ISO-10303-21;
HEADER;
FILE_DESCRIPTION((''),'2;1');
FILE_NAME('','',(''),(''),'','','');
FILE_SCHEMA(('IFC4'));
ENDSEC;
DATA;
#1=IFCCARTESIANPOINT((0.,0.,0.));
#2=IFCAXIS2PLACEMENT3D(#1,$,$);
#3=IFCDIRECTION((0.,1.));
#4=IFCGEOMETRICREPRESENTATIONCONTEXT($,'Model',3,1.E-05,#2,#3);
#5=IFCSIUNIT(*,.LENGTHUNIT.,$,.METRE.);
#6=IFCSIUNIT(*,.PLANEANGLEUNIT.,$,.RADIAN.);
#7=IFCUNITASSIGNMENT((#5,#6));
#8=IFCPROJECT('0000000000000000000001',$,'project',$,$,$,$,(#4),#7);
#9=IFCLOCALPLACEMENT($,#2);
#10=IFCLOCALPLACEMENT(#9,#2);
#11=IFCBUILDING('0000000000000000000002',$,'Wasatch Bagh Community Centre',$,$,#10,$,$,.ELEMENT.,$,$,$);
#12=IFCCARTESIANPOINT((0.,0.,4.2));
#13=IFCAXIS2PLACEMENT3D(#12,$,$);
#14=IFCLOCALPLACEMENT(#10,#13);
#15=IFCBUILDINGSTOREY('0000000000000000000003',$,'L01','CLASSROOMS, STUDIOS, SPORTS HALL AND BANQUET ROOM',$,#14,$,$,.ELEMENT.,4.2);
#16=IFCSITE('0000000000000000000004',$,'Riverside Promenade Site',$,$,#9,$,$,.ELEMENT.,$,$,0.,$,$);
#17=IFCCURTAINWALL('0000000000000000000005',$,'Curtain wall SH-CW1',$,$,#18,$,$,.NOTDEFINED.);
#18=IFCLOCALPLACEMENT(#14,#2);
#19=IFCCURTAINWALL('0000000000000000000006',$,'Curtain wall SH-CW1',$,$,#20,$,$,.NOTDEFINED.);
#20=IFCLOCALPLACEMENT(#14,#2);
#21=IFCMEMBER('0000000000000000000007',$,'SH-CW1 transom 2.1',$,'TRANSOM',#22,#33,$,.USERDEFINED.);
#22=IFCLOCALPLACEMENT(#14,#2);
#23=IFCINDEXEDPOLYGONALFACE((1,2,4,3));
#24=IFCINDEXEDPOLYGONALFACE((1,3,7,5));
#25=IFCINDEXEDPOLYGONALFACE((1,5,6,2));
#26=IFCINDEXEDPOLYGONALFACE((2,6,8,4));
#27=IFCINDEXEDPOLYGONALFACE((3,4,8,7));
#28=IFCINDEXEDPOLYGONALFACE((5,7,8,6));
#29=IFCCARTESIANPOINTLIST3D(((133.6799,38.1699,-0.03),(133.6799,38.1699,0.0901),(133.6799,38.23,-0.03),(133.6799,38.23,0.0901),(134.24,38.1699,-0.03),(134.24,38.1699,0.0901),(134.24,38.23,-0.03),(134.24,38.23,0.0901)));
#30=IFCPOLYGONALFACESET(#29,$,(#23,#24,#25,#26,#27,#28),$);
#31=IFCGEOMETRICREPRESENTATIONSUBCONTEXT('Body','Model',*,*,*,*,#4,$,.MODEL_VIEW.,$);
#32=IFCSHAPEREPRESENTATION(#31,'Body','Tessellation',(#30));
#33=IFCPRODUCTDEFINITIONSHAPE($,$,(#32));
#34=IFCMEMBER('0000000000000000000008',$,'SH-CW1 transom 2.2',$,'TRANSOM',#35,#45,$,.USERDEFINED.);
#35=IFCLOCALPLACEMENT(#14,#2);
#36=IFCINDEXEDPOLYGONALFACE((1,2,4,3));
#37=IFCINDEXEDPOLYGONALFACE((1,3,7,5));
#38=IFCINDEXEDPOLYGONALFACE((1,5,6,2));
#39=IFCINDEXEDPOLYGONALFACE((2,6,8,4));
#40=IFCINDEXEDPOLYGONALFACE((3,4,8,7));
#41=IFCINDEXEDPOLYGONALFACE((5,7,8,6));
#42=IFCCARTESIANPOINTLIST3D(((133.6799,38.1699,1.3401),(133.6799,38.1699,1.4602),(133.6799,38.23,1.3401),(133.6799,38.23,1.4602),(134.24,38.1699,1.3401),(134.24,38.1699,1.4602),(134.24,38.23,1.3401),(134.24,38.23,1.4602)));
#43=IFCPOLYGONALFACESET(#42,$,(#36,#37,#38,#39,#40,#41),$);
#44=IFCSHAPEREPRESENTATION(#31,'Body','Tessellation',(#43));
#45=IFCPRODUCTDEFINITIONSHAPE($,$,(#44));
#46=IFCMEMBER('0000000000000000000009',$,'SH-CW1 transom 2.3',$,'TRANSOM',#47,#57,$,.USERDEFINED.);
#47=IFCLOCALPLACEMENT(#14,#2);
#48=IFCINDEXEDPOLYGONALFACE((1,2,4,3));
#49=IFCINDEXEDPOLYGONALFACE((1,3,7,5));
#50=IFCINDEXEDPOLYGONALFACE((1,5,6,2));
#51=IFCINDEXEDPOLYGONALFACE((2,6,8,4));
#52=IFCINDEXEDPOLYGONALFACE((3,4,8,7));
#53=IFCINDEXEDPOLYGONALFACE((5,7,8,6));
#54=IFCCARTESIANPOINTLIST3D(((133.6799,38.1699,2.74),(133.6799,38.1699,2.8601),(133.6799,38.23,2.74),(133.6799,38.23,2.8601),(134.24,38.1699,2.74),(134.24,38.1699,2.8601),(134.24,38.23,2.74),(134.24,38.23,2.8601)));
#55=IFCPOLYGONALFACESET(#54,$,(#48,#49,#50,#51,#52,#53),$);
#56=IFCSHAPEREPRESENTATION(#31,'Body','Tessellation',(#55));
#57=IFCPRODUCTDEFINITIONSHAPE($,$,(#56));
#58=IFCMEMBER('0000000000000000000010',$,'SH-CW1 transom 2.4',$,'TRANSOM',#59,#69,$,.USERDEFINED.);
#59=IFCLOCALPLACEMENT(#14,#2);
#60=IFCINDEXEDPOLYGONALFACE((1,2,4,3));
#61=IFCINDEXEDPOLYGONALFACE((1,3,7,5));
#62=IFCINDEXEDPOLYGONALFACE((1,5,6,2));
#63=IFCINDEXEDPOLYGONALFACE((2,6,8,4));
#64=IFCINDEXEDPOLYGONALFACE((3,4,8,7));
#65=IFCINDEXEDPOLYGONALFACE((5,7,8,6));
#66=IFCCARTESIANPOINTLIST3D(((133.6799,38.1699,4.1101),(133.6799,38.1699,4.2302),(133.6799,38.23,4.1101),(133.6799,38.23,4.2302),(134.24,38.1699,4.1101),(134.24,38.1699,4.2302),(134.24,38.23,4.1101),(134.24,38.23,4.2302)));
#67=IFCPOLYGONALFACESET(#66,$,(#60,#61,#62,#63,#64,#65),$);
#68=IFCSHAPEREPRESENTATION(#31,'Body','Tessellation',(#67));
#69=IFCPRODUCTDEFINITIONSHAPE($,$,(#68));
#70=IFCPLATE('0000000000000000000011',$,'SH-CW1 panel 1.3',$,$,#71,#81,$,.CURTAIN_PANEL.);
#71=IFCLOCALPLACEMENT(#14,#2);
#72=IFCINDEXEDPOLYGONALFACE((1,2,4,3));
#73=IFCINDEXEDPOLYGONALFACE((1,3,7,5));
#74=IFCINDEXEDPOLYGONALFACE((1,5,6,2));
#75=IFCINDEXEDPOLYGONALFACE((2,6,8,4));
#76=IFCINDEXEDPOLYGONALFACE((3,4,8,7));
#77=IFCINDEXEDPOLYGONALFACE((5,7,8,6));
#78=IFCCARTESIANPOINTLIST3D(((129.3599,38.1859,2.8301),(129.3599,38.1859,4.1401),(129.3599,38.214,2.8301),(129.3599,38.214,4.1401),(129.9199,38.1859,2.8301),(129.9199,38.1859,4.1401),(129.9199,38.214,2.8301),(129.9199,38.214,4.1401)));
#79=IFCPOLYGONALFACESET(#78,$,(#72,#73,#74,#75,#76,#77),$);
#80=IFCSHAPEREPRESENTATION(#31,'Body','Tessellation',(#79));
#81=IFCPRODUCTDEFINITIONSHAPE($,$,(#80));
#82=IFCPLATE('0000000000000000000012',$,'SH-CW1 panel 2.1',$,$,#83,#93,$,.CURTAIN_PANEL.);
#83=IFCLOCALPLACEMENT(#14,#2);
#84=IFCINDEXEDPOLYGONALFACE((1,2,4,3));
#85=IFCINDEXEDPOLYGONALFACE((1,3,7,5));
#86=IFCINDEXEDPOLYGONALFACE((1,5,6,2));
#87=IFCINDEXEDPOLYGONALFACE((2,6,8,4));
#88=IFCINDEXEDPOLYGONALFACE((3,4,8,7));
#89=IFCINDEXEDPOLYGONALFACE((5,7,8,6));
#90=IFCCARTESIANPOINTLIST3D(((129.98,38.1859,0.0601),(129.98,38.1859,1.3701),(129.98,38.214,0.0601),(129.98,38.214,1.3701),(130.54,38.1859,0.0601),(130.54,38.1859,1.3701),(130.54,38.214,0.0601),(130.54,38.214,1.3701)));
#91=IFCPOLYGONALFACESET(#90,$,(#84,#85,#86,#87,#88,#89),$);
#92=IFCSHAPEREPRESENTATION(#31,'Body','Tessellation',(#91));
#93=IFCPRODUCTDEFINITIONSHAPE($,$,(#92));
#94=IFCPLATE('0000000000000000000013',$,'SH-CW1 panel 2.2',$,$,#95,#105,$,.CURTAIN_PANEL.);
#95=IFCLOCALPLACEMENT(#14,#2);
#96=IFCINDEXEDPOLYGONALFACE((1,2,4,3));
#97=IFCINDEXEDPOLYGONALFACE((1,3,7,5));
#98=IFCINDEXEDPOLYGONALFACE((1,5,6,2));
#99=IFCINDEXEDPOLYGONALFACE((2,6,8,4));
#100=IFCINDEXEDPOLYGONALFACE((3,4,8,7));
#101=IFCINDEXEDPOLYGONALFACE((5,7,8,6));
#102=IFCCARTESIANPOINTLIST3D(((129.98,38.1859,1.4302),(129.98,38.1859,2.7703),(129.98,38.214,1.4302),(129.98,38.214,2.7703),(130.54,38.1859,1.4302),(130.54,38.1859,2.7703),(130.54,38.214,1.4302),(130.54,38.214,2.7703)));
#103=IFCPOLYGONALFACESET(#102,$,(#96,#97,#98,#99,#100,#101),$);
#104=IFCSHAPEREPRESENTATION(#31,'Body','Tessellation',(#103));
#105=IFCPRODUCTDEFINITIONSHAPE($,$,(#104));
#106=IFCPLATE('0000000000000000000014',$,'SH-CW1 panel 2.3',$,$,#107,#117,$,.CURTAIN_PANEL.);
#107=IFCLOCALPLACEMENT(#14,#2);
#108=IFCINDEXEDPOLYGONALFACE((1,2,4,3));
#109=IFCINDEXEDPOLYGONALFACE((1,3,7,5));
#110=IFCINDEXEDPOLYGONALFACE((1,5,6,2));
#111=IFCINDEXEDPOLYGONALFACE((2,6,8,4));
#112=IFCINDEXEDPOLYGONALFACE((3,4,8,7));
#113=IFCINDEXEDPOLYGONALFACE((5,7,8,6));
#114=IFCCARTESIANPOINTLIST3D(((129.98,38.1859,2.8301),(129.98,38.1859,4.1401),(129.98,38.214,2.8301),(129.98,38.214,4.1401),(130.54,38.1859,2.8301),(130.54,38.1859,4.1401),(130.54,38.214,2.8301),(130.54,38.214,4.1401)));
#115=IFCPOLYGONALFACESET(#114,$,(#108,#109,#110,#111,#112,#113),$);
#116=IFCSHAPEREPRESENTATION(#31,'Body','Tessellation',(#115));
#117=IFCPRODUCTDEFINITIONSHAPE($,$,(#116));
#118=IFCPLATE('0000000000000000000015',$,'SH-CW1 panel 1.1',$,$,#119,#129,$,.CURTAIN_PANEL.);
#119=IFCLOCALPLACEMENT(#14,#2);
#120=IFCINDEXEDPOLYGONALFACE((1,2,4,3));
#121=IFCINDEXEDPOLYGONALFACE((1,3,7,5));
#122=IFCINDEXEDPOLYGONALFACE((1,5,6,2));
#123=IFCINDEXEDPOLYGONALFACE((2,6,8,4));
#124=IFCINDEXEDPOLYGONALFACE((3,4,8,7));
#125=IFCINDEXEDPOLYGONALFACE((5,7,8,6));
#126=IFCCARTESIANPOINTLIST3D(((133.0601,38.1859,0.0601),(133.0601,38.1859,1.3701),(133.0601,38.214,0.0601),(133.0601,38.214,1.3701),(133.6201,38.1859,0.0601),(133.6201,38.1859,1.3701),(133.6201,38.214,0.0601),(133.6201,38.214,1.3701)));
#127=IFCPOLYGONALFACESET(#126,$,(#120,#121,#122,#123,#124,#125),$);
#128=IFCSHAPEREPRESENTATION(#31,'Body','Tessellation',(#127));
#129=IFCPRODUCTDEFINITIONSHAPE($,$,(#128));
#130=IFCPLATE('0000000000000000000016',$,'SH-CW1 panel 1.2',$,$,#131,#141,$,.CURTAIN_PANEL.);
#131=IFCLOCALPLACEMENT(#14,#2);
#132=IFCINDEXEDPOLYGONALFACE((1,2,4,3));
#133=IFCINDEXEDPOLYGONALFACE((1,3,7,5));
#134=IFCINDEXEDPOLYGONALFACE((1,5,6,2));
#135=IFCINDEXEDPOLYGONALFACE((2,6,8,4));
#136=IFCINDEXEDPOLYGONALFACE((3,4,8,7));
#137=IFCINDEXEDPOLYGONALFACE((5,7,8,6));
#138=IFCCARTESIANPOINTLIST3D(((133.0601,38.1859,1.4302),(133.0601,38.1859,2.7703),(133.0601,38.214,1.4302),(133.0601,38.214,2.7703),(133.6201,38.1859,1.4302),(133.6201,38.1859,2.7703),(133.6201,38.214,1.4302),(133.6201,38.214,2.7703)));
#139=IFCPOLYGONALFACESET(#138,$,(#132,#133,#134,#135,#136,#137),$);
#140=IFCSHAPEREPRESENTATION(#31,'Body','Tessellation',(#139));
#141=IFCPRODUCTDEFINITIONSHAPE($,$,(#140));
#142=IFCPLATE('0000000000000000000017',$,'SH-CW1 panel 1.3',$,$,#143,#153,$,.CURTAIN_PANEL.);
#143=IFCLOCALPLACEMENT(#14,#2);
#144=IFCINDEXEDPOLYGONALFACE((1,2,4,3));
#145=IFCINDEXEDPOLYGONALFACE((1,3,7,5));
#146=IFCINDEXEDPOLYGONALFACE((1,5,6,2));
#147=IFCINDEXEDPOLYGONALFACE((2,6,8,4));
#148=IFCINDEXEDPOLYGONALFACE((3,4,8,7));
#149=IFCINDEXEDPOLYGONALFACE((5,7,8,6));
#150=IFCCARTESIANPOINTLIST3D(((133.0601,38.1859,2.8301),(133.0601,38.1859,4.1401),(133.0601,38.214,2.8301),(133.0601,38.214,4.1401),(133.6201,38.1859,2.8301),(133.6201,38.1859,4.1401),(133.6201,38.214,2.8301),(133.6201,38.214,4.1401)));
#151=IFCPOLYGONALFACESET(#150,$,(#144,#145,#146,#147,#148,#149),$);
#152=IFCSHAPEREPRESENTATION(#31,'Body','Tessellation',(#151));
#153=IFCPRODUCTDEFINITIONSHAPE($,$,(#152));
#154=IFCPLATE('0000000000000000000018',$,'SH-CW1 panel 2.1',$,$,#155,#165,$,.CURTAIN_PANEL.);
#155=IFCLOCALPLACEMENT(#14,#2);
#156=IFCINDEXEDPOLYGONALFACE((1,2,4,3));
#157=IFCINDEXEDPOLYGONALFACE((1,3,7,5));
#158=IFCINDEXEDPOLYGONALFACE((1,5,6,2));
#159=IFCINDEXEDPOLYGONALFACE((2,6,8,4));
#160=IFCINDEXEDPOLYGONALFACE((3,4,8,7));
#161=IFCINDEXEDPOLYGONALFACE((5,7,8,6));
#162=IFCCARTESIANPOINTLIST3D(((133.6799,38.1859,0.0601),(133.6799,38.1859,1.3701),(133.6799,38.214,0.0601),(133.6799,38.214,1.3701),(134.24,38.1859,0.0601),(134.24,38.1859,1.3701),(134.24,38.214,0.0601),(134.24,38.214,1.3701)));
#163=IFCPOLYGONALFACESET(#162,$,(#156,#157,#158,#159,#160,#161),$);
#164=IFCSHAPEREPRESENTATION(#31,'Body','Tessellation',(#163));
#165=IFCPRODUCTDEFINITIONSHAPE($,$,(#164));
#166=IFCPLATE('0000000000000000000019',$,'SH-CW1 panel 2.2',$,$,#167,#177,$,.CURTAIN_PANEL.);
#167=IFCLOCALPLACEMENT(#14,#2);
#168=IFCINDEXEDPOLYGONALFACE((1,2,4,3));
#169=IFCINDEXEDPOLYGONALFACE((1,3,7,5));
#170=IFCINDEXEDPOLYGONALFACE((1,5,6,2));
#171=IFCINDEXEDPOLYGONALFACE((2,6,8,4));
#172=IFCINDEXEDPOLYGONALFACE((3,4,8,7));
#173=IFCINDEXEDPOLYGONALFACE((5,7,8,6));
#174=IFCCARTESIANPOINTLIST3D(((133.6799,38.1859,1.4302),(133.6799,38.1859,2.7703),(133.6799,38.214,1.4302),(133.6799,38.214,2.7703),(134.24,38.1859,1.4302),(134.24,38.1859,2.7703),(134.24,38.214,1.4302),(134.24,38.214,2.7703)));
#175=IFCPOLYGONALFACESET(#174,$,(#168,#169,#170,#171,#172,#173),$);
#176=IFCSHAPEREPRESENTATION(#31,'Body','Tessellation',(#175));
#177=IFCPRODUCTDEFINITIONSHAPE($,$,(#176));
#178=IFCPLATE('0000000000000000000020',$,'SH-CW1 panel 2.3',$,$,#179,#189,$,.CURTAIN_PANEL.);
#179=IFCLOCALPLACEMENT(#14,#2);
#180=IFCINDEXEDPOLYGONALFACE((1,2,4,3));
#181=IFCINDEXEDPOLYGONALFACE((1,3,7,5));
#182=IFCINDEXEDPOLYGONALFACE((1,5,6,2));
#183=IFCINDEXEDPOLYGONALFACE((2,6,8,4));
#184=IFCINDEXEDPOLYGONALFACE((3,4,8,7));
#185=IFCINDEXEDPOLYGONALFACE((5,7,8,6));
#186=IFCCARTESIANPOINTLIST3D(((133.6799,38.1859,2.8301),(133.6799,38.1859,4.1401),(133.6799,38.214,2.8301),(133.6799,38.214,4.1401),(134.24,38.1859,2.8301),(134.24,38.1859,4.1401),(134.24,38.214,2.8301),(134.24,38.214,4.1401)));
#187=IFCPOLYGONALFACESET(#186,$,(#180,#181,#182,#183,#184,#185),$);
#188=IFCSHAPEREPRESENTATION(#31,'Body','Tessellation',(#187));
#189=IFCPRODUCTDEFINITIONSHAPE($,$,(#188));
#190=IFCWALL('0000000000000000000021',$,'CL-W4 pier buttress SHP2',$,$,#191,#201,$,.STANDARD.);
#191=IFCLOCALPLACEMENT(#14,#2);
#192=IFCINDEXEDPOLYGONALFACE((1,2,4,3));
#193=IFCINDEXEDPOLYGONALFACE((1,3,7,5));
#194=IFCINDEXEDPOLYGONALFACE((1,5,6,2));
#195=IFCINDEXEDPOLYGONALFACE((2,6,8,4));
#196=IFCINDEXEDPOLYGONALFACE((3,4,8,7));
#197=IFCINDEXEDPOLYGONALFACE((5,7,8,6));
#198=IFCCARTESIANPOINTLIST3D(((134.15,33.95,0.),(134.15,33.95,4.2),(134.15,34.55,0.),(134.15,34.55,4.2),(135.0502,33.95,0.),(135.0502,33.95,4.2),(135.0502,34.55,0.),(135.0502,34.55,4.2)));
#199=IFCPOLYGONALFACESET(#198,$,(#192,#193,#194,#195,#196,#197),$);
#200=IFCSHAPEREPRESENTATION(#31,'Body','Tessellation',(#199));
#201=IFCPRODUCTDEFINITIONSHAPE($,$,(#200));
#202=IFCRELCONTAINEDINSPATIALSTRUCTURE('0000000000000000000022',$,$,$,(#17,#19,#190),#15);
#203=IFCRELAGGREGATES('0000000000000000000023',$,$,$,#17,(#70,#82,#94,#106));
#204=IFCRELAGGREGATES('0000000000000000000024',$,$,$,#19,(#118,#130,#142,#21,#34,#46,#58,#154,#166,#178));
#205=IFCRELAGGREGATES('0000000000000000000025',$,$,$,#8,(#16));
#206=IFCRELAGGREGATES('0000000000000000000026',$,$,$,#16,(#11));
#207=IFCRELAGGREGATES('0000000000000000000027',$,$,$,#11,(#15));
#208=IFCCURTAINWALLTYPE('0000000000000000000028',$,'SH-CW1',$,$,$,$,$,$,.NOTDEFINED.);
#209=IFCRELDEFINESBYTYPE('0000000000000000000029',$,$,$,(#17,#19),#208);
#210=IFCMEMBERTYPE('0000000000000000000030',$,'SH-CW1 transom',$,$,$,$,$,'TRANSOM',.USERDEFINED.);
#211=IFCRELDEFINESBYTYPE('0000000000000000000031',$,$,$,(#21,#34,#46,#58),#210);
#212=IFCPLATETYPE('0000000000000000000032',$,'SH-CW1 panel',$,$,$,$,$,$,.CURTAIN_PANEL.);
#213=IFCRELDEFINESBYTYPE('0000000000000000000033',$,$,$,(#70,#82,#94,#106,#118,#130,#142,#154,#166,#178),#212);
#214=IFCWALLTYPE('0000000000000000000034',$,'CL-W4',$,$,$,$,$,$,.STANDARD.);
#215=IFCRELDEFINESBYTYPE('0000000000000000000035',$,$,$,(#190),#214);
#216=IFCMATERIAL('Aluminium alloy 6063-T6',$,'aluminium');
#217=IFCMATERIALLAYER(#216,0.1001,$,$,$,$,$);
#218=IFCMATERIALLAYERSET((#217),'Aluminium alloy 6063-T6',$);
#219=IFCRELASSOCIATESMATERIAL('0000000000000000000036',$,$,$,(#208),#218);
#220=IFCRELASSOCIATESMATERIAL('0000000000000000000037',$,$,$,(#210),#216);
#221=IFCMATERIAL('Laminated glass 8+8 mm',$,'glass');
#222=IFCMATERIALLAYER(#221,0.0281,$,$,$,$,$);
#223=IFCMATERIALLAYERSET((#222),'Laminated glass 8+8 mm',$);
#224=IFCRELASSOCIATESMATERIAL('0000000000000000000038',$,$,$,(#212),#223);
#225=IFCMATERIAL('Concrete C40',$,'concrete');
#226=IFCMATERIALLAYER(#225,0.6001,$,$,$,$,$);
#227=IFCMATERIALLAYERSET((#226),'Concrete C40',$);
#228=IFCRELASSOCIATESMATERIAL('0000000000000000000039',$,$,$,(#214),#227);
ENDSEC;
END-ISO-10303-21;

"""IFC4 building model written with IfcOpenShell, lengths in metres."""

from ifc_helpers import new_model, si_unit, direction, frame, frame_2d, origin, origin_2d, place, context, subcontext, project, spatial, rectangle, extrude, material, layer, layer_set, material_profile, profile_set, type_object, element, aggregate, save


model = new_model("IFC4")

# Units and contexts
model_context = context("Model", 3, precision=1e-05, world=origin(), true_north=direction((0.0, 1.0)))
body_context = subcontext(model_context, "Body", "Model", "MODEL_VIEW")
ifc_project = project(units=[si_unit("LENGTHUNIT", "METRE"), si_unit("PLANEANGLEUNIT", "RADIAN")], contexts=[model_context])

# Site, building, storey
site_placement = place(None, origin())
site = spatial("IfcSite", under=ifc_project, at=site_placement, Name="Riverside Promenade Site", CompositionType="ELEMENT", RefElevation=0.0)
building_placement = place(site_placement, origin())
building = spatial("IfcBuilding", under=site, at=building_placement, Name="Wasatch Bagh Community Centre", CompositionType="ELEMENT")
storey_placement = place(building_placement, frame((0.0, 0.0, 4.2)))
storey = spatial("IfcBuildingStorey", under=building, at=storey_placement, Name="L01", Description="CLASSROOMS, STUDIOS, SPORTS HALL AND BANQUET ROOM", CompositionType="ELEMENT", Elevation=4.2)

# Shared definitions
ifc_material_1 = material(Name="Concrete C40", Category="concrete")

# Curtain walls
ifc_material_2 = material(Name="Aluminium alloy 6063-T6", Category="aluminium")
ifc_layer_1 = layer(ifc_material_2, 0.1001)
ifc_layer_set_1 = layer_set([ifc_layer_1], Name="Aluminium alloy 6063-T6")
curtain_wall_type = type_object("IfcCurtainWallType", Name="SH-CW1", PredefinedType="NOTDEFINED", material=ifc_layer_set_1)
curtain_wall_1_placement = place(storey_placement, origin())
curtain_wall_1 = element("IfcCurtainWall", 1, at=curtain_wall_1_placement, inside=storey, type_object=curtain_wall_type, Name="Curtain wall SH-CW1", PredefinedType="NOTDEFINED")
curtain_wall_2_placement = place(storey_placement, origin())
curtain_wall_2 = element("IfcCurtainWall", 2, at=curtain_wall_2_placement, inside=storey, type_object=curtain_wall_type, Name="Curtain wall SH-CW1", PredefinedType="NOTDEFINED")

# Members
ifc_material_profile_1 = material_profile(ifc_material_2, rectangle(XDim=0.0601, YDim=0.1201, at=origin_2d()), Name="AL 60x120")
ifc_profile_set_1 = profile_set([ifc_material_profile_1], Name="Aluminium alloy 6063-T6")
member_type_1 = type_object("IfcMemberType", Name="SH-CW1 transom", ElementType="TRANSOM", PredefinedType="USERDEFINED", material=ifc_profile_set_1)
member_1_placement = place(storey_placement, frame((133.6799, 38.2, 0.03), z_axis=(1.0, 0.0, 0.0), x_axis=(0.0, 1.0, 0.0)))
member_1 = element("IfcMember", 3, at=member_1_placement, type_object=member_type_1, Name="SH-CW1 transom 2.1", ObjectType="TRANSOM", PredefinedType="USERDEFINED", context=body_context, shape_type="SweptSolid", body=[
    extrude(rectangle(XDim=0.0601, YDim=0.1201, at=origin_2d()), origin(), (0.0, 0.0, 1.0), 0.5601),
])
member_2_placement = place(storey_placement, frame((133.6799, 38.2, 1.4001), z_axis=(1.0, 0.0, 0.0), x_axis=(0.0, 1.0, 0.0)))
member_2 = element("IfcMember", 4, at=member_2_placement, type_object=member_type_1, Name="SH-CW1 transom 2.2", ObjectType="TRANSOM", PredefinedType="USERDEFINED", context=body_context, shape_type="SweptSolid", body=[
    extrude(rectangle(XDim=0.0601, YDim=0.1201, at=origin_2d()), origin(), (0.0, 0.0, 1.0), 0.5601),
])
member_3_placement = place(storey_placement, frame((133.6799, 38.2, 2.8), z_axis=(1.0, 0.0, 0.0), x_axis=(0.0, 1.0, 0.0)))
member_3 = element("IfcMember", 5, at=member_3_placement, type_object=member_type_1, Name="SH-CW1 transom 2.3", ObjectType="TRANSOM", PredefinedType="USERDEFINED", context=body_context, shape_type="SweptSolid", body=[
    extrude(rectangle(XDim=0.0601, YDim=0.1201, at=origin_2d()), origin(), (0.0, 0.0, 1.0), 0.5601),
])
member_4_placement = place(storey_placement, frame((133.6799, 38.2, 4.1702), z_axis=(1.0, 0.0, 0.0), x_axis=(0.0, 1.0, 0.0)))
member_4 = element("IfcMember", 6, at=member_4_placement, type_object=member_type_1, Name="SH-CW1 transom 2.4", ObjectType="TRANSOM", PredefinedType="USERDEFINED", context=body_context, shape_type="SweptSolid", body=[
    extrude(rectangle(XDim=0.0601, YDim=0.1201, at=origin_2d()), origin(), (0.0, 0.0, 1.0), 0.5601),
])

# Plates
ifc_material_3 = material(Name="Laminated glass 8+8 mm", Category="glass")
ifc_layer_2 = layer(ifc_material_3, 0.0281)
ifc_layer_set_2 = layer_set([ifc_layer_2], Name="Laminated glass 8+8 mm")
plate_type = type_object("IfcPlateType", Name="SH-CW1 panel", PredefinedType="CURTAIN_PANEL", material=ifc_layer_set_2)
plate_1_placement = place(storey_placement, frame((129.6399, 38.2, 2.8301), z_axis=(0.0, 0.0, 1.0), x_axis=(1.0, 0.0, 0.0)))
plate_1 = element("IfcPlate", 7, at=plate_1_placement, type_object=plate_type, Name="SH-CW1 panel 1.3", PredefinedType="CURTAIN_PANEL", context=body_context, shape_type="SweptSolid", body=[
    extrude(rectangle(XDim=0.5601, YDim=0.0281, at=origin_2d()), origin(), (0.0, 0.0, 1.0), 1.3101),
])
plate_2_placement = place(storey_placement, frame((130.26, 38.2, 0.0601), z_axis=(0.0, 0.0, 1.0), x_axis=(1.0, 0.0, 0.0)))
plate_2 = element("IfcPlate", 8, at=plate_2_placement, type_object=plate_type, Name="SH-CW1 panel 2.1", PredefinedType="CURTAIN_PANEL", context=body_context, shape_type="SweptSolid", body=[
    extrude(rectangle(XDim=0.5601, YDim=0.0281, at=origin_2d()), origin(), (0.0, 0.0, 1.0), 1.3101),
])
plate_3_placement = place(storey_placement, frame((130.26, 38.2, 1.4302), z_axis=(0.0, 0.0, 1.0), x_axis=(1.0, 0.0, 0.0)))
plate_3 = element("IfcPlate", 9, at=plate_3_placement, type_object=plate_type, Name="SH-CW1 panel 2.2", PredefinedType="CURTAIN_PANEL", context=body_context, shape_type="SweptSolid", body=[
    extrude(rectangle(XDim=0.5601, YDim=0.0281, at=origin_2d()), origin(), (0.0, 0.0, 1.0), 1.3401),
])
plate_4_placement = place(storey_placement, frame((130.26, 38.2, 2.8301), z_axis=(0.0, 0.0, 1.0), x_axis=(1.0, 0.0, 0.0)))
plate_4 = element("IfcPlate", 10, at=plate_4_placement, type_object=plate_type, Name="SH-CW1 panel 2.3", PredefinedType="CURTAIN_PANEL", context=body_context, shape_type="SweptSolid", body=[
    extrude(rectangle(XDim=0.5601, YDim=0.0281, at=origin_2d()), origin(), (0.0, 0.0, 1.0), 1.3101),
])
aggregate(curtain_wall_1, [plate_1, plate_2, plate_3, plate_4])
plate_5_placement = place(storey_placement, frame((133.3401, 38.2, 0.0601), z_axis=(0.0, 0.0, 1.0), x_axis=(1.0, 0.0, 0.0)))
plate_5 = element("IfcPlate", 11, at=plate_5_placement, type_object=plate_type, Name="SH-CW1 panel 1.1", PredefinedType="CURTAIN_PANEL", context=body_context, shape_type="SweptSolid", body=[
    extrude(rectangle(XDim=0.5601, YDim=0.0281, at=origin_2d()), origin(), (0.0, 0.0, 1.0), 1.3101),
])
plate_6_placement = place(storey_placement, frame((133.3401, 38.2, 1.4302), z_axis=(0.0, 0.0, 1.0), x_axis=(1.0, 0.0, 0.0)))
plate_6 = element("IfcPlate", 12, at=plate_6_placement, type_object=plate_type, Name="SH-CW1 panel 1.2", PredefinedType="CURTAIN_PANEL", context=body_context, shape_type="SweptSolid", body=[
    extrude(rectangle(XDim=0.5601, YDim=0.0281, at=origin_2d()), origin(), (0.0, 0.0, 1.0), 1.3401),
])
plate_7_placement = place(storey_placement, frame((133.3401, 38.2, 2.8301), z_axis=(0.0, 0.0, 1.0), x_axis=(1.0, 0.0, 0.0)))
plate_7 = element("IfcPlate", 13, at=plate_7_placement, type_object=plate_type, Name="SH-CW1 panel 1.3", PredefinedType="CURTAIN_PANEL", context=body_context, shape_type="SweptSolid", body=[
    extrude(rectangle(XDim=0.5601, YDim=0.0281, at=origin_2d()), origin(), (0.0, 0.0, 1.0), 1.3101),
])
plate_8_placement = place(storey_placement, frame((133.96, 38.2, 0.0601), z_axis=(0.0, 0.0, 1.0), x_axis=(1.0, 0.0, 0.0)))
plate_8 = element("IfcPlate", 14, at=plate_8_placement, type_object=plate_type, Name="SH-CW1 panel 2.1", PredefinedType="CURTAIN_PANEL", context=body_context, shape_type="SweptSolid", body=[
    extrude(rectangle(XDim=0.5601, YDim=0.0281, at=origin_2d()), origin(), (0.0, 0.0, 1.0), 1.3101),
])
plate_9_placement = place(storey_placement, frame((133.96, 38.2, 1.4302), z_axis=(0.0, 0.0, 1.0), x_axis=(1.0, 0.0, 0.0)))
plate_9 = element("IfcPlate", 15, at=plate_9_placement, type_object=plate_type, Name="SH-CW1 panel 2.2", PredefinedType="CURTAIN_PANEL", context=body_context, shape_type="SweptSolid", body=[
    extrude(rectangle(XDim=0.5601, YDim=0.0281, at=origin_2d()), origin(), (0.0, 0.0, 1.0), 1.3401),
])
plate_10_placement = place(storey_placement, frame((133.96, 38.2, 2.8301), z_axis=(0.0, 0.0, 1.0), x_axis=(1.0, 0.0, 0.0)))
plate_10 = element("IfcPlate", 16, at=plate_10_placement, type_object=plate_type, Name="SH-CW1 panel 2.3", PredefinedType="CURTAIN_PANEL", context=body_context, shape_type="SweptSolid", body=[
    extrude(rectangle(XDim=0.5601, YDim=0.0281, at=origin_2d()), origin(), (0.0, 0.0, 1.0), 1.3101),
])
aggregate(curtain_wall_2, [plate_5, plate_6, plate_7, member_1, member_2, member_3, member_4, plate_8, plate_9, plate_10])

# Wall
ifc_layer_3 = layer(ifc_material_1, 0.6001)
ifc_layer_set_3 = layer_set([ifc_layer_3], Name="Concrete C40")
wall_type_1 = type_object("IfcWallType", Name="CL-W4", PredefinedType="STANDARD", material=ifc_layer_set_3)
wall_1_placement = place(storey_placement, frame((134.1499, 34.25, 0.0), z_axis=(0.0, 0.0, 1.0), x_axis=(1.0, 0.0, 0.0)))
element("IfcWall", 17, at=wall_1_placement, inside=storey, type_object=wall_type_1, Name="CL-W4 pier buttress SHP2", PredefinedType="STANDARD", context=body_context, shape_type="SweptSolid", body=[
    extrude(rectangle(XDim=0.9001, YDim=0.6001, at=frame_2d((0.4502, 0.0))), origin(), (0.0, 0.0, 1.0), 4.2),
])

save(model, "model.ifc")
